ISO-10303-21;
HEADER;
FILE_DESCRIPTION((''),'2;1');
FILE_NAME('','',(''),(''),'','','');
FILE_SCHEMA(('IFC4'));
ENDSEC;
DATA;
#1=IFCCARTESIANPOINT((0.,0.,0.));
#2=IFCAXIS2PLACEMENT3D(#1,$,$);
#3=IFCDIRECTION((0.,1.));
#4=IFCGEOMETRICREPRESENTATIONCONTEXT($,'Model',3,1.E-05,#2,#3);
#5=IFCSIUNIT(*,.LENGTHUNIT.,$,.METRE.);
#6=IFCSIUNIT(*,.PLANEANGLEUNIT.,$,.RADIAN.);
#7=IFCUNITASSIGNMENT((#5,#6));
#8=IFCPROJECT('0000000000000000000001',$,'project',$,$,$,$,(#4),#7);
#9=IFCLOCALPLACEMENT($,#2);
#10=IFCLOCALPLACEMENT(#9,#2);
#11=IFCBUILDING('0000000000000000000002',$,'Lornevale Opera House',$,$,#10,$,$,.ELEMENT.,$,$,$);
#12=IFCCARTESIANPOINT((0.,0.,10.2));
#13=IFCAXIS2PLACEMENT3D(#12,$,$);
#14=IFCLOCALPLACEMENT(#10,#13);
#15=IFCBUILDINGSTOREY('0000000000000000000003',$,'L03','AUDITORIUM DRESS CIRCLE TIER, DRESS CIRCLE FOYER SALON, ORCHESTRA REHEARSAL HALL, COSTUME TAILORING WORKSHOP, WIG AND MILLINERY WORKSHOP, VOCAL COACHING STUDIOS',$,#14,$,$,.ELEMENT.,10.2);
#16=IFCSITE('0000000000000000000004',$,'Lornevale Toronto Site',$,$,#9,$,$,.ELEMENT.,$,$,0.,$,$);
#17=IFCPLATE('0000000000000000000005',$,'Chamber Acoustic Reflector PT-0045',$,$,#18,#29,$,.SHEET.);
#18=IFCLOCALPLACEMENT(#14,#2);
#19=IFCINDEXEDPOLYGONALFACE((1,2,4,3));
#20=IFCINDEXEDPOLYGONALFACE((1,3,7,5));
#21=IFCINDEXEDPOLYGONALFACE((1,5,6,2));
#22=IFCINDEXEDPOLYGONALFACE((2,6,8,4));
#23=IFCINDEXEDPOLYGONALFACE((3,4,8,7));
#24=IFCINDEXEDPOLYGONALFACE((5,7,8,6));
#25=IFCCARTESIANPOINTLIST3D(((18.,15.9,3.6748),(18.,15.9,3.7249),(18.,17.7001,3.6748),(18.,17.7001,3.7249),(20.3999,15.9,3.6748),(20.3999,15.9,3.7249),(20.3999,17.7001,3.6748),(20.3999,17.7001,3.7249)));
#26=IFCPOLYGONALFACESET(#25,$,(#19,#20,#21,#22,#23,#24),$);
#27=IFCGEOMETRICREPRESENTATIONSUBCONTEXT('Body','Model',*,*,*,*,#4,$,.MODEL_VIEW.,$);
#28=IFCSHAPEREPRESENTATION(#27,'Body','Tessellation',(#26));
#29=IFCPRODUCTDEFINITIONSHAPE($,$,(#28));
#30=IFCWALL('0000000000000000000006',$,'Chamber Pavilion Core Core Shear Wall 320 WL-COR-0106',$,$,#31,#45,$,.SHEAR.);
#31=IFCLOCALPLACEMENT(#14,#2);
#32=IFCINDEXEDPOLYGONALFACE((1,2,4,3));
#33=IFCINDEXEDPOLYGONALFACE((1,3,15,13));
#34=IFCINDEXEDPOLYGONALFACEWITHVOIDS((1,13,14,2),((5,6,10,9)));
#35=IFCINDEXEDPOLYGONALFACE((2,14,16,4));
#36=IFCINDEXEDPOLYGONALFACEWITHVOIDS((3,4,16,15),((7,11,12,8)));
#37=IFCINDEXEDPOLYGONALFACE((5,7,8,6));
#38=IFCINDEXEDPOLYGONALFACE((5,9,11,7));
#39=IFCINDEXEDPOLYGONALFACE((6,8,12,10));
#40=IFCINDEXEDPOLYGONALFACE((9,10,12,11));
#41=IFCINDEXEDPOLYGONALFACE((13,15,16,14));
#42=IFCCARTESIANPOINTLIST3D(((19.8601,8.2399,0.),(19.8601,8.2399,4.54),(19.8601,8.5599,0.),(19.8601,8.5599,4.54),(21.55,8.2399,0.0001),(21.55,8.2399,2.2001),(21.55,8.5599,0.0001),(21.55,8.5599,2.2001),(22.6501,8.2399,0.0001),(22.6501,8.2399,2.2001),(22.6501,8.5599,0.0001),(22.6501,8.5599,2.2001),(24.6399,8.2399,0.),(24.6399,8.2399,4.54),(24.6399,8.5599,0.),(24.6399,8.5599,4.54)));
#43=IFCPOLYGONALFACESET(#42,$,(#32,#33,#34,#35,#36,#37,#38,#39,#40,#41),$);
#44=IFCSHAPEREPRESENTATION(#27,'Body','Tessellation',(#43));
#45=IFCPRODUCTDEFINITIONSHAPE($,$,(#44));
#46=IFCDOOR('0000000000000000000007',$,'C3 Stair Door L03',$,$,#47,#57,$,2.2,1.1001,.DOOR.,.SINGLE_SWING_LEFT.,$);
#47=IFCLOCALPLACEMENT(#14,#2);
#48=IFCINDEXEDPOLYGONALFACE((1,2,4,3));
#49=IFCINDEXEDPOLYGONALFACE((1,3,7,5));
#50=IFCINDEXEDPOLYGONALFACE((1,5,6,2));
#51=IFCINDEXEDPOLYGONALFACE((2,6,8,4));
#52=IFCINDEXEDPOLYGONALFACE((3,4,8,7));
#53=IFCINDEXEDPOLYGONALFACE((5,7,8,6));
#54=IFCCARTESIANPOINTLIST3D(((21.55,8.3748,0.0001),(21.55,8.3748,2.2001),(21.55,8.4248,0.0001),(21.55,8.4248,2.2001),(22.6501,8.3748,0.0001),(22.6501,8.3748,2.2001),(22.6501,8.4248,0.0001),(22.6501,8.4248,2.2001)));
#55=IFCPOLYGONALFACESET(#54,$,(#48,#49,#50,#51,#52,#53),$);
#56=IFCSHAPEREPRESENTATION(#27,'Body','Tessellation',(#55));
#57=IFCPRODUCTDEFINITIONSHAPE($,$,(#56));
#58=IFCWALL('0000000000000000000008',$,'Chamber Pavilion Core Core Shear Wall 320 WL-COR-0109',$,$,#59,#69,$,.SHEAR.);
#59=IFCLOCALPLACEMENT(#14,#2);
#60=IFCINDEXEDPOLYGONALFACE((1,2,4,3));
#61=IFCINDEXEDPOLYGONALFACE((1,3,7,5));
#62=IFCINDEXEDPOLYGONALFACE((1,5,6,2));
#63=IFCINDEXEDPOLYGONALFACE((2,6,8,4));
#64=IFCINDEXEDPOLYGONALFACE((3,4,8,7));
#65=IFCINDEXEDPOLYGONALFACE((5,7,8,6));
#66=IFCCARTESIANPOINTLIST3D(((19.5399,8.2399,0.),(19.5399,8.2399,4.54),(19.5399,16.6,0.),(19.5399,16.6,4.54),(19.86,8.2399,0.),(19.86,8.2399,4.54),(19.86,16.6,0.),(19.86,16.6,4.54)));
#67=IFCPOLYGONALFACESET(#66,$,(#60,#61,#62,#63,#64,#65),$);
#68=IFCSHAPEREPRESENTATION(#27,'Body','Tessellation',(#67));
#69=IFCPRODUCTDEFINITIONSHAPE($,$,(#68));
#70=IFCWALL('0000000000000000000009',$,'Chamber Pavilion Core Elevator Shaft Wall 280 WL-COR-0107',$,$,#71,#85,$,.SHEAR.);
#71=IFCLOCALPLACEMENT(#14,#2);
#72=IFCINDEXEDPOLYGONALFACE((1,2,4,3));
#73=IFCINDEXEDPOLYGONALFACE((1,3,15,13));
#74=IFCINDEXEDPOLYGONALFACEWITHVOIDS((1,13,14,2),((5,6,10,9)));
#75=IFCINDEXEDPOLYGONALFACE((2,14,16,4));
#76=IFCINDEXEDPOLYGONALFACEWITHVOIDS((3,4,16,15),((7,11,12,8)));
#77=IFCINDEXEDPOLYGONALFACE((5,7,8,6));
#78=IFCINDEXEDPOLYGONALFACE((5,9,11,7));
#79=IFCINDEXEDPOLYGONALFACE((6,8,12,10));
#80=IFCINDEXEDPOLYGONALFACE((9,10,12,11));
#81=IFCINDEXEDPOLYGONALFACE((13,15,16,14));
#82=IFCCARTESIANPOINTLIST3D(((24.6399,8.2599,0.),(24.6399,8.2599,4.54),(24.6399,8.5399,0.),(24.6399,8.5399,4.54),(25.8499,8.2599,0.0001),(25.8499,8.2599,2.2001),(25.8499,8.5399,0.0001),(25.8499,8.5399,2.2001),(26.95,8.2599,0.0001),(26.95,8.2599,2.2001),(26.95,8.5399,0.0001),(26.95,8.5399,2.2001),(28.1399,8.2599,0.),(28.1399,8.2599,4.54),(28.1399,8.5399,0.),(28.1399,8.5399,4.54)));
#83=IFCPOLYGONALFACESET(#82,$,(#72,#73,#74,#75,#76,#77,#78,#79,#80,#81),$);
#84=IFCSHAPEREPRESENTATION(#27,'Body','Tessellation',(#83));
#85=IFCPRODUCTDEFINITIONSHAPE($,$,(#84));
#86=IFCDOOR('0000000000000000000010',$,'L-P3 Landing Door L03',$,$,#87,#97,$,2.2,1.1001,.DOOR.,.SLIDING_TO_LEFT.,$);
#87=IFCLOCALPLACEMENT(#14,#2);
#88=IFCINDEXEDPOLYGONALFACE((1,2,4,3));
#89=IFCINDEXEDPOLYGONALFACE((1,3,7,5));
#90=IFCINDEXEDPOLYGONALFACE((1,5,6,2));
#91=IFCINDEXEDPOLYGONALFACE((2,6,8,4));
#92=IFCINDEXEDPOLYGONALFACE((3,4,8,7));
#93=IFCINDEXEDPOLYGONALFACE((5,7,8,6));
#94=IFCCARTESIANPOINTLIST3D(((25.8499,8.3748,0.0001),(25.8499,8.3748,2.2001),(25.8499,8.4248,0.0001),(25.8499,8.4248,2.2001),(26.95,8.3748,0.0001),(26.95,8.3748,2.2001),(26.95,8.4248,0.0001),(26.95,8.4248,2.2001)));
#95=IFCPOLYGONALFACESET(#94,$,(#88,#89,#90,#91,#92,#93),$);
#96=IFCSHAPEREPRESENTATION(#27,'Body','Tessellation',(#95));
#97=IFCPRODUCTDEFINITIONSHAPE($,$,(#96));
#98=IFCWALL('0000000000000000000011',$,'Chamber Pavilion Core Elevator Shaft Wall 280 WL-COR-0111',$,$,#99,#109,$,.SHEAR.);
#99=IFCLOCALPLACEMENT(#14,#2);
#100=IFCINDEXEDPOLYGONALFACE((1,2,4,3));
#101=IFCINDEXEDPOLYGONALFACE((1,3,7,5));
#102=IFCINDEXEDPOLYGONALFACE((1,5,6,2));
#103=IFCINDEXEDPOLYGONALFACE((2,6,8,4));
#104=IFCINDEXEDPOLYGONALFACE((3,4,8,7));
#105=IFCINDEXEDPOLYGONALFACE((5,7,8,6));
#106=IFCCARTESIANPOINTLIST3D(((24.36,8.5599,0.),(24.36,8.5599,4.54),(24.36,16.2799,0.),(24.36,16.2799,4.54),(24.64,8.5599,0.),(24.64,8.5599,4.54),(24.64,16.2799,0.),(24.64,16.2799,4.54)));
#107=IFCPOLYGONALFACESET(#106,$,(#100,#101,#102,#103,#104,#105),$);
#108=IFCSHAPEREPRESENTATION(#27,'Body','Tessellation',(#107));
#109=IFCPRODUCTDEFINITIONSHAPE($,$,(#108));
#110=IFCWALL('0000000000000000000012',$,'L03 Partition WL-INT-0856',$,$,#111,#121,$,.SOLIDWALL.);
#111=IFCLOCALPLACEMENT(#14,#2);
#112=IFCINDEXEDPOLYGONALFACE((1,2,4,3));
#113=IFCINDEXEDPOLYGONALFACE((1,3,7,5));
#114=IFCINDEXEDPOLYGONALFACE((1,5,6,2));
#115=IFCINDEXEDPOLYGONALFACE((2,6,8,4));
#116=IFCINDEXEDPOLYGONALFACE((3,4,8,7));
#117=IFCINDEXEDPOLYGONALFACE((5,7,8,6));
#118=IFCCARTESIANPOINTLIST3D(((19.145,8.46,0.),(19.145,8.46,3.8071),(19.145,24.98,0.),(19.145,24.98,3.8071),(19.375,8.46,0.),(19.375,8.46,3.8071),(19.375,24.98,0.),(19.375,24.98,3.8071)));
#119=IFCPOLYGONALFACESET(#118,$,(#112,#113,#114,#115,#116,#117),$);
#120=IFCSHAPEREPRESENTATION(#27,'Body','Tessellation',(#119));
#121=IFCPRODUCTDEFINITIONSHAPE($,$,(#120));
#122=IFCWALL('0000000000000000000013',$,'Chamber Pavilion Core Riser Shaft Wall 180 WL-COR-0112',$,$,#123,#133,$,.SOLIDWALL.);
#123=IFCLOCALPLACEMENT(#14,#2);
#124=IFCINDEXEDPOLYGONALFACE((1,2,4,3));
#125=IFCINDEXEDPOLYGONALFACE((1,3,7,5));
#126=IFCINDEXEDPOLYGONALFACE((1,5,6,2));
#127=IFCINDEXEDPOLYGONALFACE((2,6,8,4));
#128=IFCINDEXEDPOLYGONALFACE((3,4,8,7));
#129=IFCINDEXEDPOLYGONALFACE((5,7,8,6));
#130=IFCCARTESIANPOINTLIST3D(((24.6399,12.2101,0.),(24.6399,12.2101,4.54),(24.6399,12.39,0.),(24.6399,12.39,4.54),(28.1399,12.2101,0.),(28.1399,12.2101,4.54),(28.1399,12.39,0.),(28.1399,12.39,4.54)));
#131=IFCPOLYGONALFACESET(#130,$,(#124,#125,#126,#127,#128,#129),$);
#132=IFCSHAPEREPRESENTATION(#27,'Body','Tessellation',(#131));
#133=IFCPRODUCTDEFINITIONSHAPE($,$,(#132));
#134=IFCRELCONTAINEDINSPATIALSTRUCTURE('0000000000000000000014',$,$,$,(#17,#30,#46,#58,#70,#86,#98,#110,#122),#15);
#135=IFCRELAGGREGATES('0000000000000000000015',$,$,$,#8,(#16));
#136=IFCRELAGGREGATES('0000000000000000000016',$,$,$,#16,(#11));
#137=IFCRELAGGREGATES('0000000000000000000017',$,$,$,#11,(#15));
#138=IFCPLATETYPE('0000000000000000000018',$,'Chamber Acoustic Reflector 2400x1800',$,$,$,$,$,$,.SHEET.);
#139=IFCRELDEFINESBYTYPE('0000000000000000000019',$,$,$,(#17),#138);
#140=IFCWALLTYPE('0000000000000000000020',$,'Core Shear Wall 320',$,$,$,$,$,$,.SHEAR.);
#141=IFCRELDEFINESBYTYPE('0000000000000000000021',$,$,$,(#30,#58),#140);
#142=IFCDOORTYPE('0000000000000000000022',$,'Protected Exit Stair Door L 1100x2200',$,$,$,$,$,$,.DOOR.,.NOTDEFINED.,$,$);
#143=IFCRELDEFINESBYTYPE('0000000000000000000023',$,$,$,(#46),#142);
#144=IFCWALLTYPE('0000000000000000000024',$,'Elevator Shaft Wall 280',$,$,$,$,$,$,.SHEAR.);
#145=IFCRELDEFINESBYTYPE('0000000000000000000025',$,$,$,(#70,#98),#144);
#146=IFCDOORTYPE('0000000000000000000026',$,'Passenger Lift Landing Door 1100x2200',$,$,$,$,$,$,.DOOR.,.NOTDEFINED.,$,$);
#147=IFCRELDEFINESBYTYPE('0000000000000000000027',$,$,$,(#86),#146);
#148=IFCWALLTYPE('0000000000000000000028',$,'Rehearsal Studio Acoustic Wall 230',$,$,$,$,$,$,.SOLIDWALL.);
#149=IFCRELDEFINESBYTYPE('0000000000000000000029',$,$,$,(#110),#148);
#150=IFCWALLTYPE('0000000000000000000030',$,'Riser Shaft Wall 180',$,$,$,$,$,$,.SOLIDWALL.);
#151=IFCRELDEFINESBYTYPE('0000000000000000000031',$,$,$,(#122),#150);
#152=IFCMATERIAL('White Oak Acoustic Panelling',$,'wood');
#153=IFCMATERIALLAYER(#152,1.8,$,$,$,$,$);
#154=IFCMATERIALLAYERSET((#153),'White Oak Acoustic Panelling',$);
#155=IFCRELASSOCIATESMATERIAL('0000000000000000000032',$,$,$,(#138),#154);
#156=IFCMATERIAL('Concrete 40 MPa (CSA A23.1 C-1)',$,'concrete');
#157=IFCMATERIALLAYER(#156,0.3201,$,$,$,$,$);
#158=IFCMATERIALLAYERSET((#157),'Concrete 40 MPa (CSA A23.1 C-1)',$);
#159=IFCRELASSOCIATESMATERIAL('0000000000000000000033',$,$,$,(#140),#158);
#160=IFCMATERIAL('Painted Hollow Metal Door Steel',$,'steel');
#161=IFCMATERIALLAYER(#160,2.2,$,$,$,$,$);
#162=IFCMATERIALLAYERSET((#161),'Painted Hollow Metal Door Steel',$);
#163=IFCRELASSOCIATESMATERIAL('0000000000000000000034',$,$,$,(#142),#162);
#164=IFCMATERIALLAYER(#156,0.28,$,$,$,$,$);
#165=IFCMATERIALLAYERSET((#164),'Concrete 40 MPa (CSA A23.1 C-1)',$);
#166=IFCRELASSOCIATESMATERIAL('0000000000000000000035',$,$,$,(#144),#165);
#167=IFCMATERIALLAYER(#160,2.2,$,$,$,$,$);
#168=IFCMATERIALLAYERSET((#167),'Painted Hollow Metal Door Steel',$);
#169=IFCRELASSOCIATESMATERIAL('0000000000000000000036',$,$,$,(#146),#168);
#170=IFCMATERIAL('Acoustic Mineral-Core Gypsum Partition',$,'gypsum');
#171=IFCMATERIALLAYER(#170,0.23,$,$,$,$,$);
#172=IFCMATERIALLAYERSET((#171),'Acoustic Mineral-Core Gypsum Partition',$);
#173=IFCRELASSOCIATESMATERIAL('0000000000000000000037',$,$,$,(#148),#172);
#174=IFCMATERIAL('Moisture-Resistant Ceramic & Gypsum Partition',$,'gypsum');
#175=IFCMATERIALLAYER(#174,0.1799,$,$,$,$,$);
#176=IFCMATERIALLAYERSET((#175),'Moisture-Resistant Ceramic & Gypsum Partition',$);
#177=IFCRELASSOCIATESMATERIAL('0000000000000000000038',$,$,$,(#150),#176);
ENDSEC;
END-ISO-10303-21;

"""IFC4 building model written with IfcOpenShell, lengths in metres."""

from ifc_helpers import new_model, si_unit, direction, frame, frame_2d, origin, origin_2d, place, context, subcontext, project, spatial, rectangle, extrude, material, layer, layer_set, type_object, element, fill, save


model = new_model("IFC4")

# Units and contexts
model_context = context("Model", 3, precision=1e-05, world=origin(), true_north=direction((0.0, 1.0)))
body_context = subcontext(model_context, "Body", "Model", "MODEL_VIEW")
ifc_project = project(units=[si_unit("LENGTHUNIT", "METRE"), si_unit("PLANEANGLEUNIT", "RADIAN")], contexts=[model_context])

# Site, building, storey
site_placement = place(None, origin())
site = spatial("IfcSite", under=ifc_project, at=site_placement, Name="Lornevale Toronto Site", CompositionType="ELEMENT", RefElevation=0.0)
building_placement = place(site_placement, origin())
building = spatial("IfcBuilding", under=site, at=building_placement, Name="Lornevale Opera House", CompositionType="ELEMENT")
storey_placement = place(building_placement, frame((0.0, 0.0, 10.2)))
storey = spatial("IfcBuildingStorey", under=building, at=storey_placement, Name="L03", Description="AUDITORIUM DRESS CIRCLE TIER, DRESS CIRCLE FOYER SALON, ORCHESTRA REHEARSAL HALL, COSTUME TAILORING WORKSHOP, WIG AND MILLINERY WORKSHOP, VOCAL COACHING STUDIOS", CompositionType="ELEMENT", Elevation=10.2)

# Plate
ifc_material_1 = material(Name="White Oak Acoustic Panelling", Category="wood")
ifc_layer_1 = layer(ifc_material_1, 1.8)
ifc_layer_set_1 = layer_set([ifc_layer_1], Name="White Oak Acoustic Panelling")
plate_type = type_object("IfcPlateType", Name="Chamber Acoustic Reflector 2400x1800", PredefinedType="SHEET", material=ifc_layer_set_1)
plate_placement = place(storey_placement, frame((19.2, 16.8, 3.6748), z_axis=(0.0, 0.0, 1.0), x_axis=(1.0, 0.0, 0.0)))
element("IfcPlate", 1, at=plate_placement, inside=storey, type_object=plate_type, Name="Chamber Acoustic Reflector PT-0045", PredefinedType="SHEET", context=body_context, shape_type="SweptSolid", body=[
    extrude(rectangle(XDim=2.3999, YDim=1.8, at=origin_2d()), origin(), (0.0, 0.0, 1.0), 0.05),
])

# Wall, opening, door
ifc_material_2 = material(Name="Concrete 40 MPa (CSA A23.1 C-1)", Category="concrete")
ifc_layer_2 = layer(ifc_material_2, 0.3201)
ifc_layer_set_2 = layer_set([ifc_layer_2], Name="Concrete 40 MPa (CSA A23.1 C-1)")
wall_type_1 = type_object("IfcWallType", Name="Core Shear Wall 320", PredefinedType="SHEAR", material=ifc_layer_set_2)
wall_1_placement = place(storey_placement, frame((19.8601, 8.3999, 0.0), z_axis=(0.0, 0.0, 1.0), x_axis=(1.0, 0.0, 0.0)))
wall_1 = element("IfcWall", 2, at=wall_1_placement, inside=storey, type_object=wall_type_1, Name="Chamber Pavilion Core Core Shear Wall 320 WL-COR-0106", PredefinedType="SHEAR", context=body_context, shape_type="SweptSolid", body=[
    extrude(rectangle(XDim=4.7798, YDim=0.3201, at=frame_2d((2.3899, 0.0))), origin(), (0.0, 0.0, 1.0), 4.54),
])
opening_1_placement = place(wall_1_placement, frame((1.6899, 0.0, 0.0)))
opening_1 = element("IfcOpeningElement", 3, at=opening_1_placement, cuts=wall_1, PredefinedType="OPENING", context=body_context, shape_type="SweptSolid", body=[
    extrude(rectangle(XDim=1.1001, YDim=2.2, at=frame_2d((0.55, 1.1001))), frame((0.0, 0.1699, 0.0), z_axis=(0.0, -1.0, 0.0), x_axis=(1.0, 0.0, 0.0)), (0.0, 0.0, 1.0), 0.3401),
])
ifc_material_3 = material(Name="Painted Hollow Metal Door Steel", Category="steel")
ifc_layer_3 = layer(ifc_material_3, 2.2)
ifc_layer_set_3 = layer_set([ifc_layer_3], Name="Painted Hollow Metal Door Steel")
door_type_1 = type_object("IfcDoorType", Name="Protected Exit Stair Door L 1100x2200", OperationType="NOTDEFINED", PredefinedType="DOOR", material=ifc_layer_set_3)
door_1_placement = place(opening_1_placement, origin())
door_1 = element("IfcDoor", 4, at=door_1_placement, inside=storey, type_object=door_type_1, Name="C3 Stair Door L03", OperationType="SINGLE_SWING_LEFT", OverallHeight=2.2, OverallWidth=1.1001, PredefinedType="DOOR", context=body_context, shape_type="SweptSolid", body=[
    extrude(rectangle(XDim=1.1001, YDim=2.2, at=frame_2d((0.55, 1.1001))), frame((0.0, 0.0249, 0.0), z_axis=(0.0, -1.0, 0.0), x_axis=(1.0, 0.0, 0.0)), (0.0, 0.0, 1.0), 0.05),
])
fill(opening_1, door_1)

# Wall
wall_2_placement = place(storey_placement, frame((19.7, 16.6001, 0.0), z_axis=(0.0, 0.0, 1.0), x_axis=(0.0, -1.0, 0.0)))
element("IfcWall", 5, at=wall_2_placement, inside=storey, type_object=wall_type_1, Name="Chamber Pavilion Core Core Shear Wall 320 WL-COR-0109", PredefinedType="SHEAR", context=body_context, shape_type="SweptSolid", body=[
    extrude(rectangle(XDim=8.3601, YDim=0.3201, at=frame_2d((4.1802, 0.0))), origin(), (0.0, 0.0, 1.0), 4.54),
])

# Wall, opening, door
ifc_layer_4 = layer(ifc_material_2, 0.28)
ifc_layer_set_4 = layer_set([ifc_layer_4], Name="Concrete 40 MPa (CSA A23.1 C-1)")
wall_type_2 = type_object("IfcWallType", Name="Elevator Shaft Wall 280", PredefinedType="SHEAR", material=ifc_layer_set_4)
wall_3_placement = place(storey_placement, frame((24.6399, 8.3999, 0.0), z_axis=(0.0, 0.0, 1.0), x_axis=(1.0, 0.0, 0.0)))
wall_3 = element("IfcWall", 6, at=wall_3_placement, inside=storey, type_object=wall_type_2, Name="Chamber Pavilion Core Elevator Shaft Wall 280 WL-COR-0107", PredefinedType="SHEAR", context=body_context, shape_type="SweptSolid", body=[
    extrude(rectangle(XDim=3.5, YDim=0.28, at=frame_2d((1.75, 0.0))), origin(), (0.0, 0.0, 1.0), 4.54),
])
opening_2_placement = place(wall_3_placement, frame((1.21, 0.0, 0.0)))
opening_2 = element("IfcOpeningElement", 7, at=opening_2_placement, cuts=wall_3, PredefinedType="OPENING", context=body_context, shape_type="SweptSolid", body=[
    extrude(rectangle(XDim=1.1001, YDim=2.2, at=frame_2d((0.55, 1.1001))), frame((0.0, 0.1499, 0.0), z_axis=(0.0, -1.0, 0.0), x_axis=(1.0, 0.0, 0.0)), (0.0, 0.0, 1.0), 0.3),
])
ifc_layer_5 = layer(ifc_material_3, 2.2)
ifc_layer_set_5 = layer_set([ifc_layer_5], Name="Painted Hollow Metal Door Steel")
door_type_2 = type_object("IfcDoorType", Name="Passenger Lift Landing Door 1100x2200", OperationType="NOTDEFINED", PredefinedType="DOOR", material=ifc_layer_set_5)
door_2_placement = place(opening_2_placement, origin())
door_2 = element("IfcDoor", 8, at=door_2_placement, inside=storey, type_object=door_type_2, Name="L-P3 Landing Door L03", OperationType="SLIDING_TO_LEFT", OverallHeight=2.2, OverallWidth=1.1001, PredefinedType="DOOR", context=body_context, shape_type="SweptSolid", body=[
    extrude(rectangle(XDim=1.1001, YDim=2.2, at=frame_2d((0.55, 1.1001))), frame((0.0, 0.0249, 0.0), z_axis=(0.0, -1.0, 0.0), x_axis=(1.0, 0.0, 0.0)), (0.0, 0.0, 1.0), 0.05),
])
fill(opening_2, door_2)

# Walls
wall_4_placement = place(storey_placement, frame((24.5, 8.5601, 0.0), z_axis=(0.0, 0.0, 1.0), x_axis=(0.0, 1.0, 0.0)))
element("IfcWall", 9, at=wall_4_placement, inside=storey, type_object=wall_type_2, Name="Chamber Pavilion Core Elevator Shaft Wall 280 WL-COR-0111", PredefinedType="SHEAR", context=body_context, shape_type="SweptSolid", body=[
    extrude(rectangle(XDim=7.72, YDim=0.28, at=frame_2d((3.8599, 0.0))), origin(), (0.0, 0.0, 1.0), 4.54),
])
ifc_material_4 = material(Name="Acoustic Mineral-Core Gypsum Partition", Category="gypsum")
ifc_layer_6 = layer(ifc_material_4, 0.23)
ifc_layer_set_6 = layer_set([ifc_layer_6], Name="Acoustic Mineral-Core Gypsum Partition")
wall_type_3 = type_object("IfcWallType", Name="Rehearsal Studio Acoustic Wall 230", PredefinedType="SOLIDWALL", material=ifc_layer_set_6)
wall_5_placement = place(storey_placement, frame((19.26, 8.46, 0.0), z_axis=(0.0, 0.0, 1.0), x_axis=(0.0, 1.0, 0.0)))
element("IfcWall", 10, at=wall_5_placement, inside=storey, type_object=wall_type_3, Name="L03 Partition WL-INT-0856", PredefinedType="SOLIDWALL", context=body_context, shape_type="SweptSolid", body=[
    extrude(rectangle(XDim=16.52, YDim=0.23, at=frame_2d((8.26, 0.0))), origin(), (0.0, 0.0, 1.0), 3.8071),
])
ifc_material_5 = material(Name="Moisture-Resistant Ceramic & Gypsum Partition", Category="gypsum")
ifc_layer_7 = layer(ifc_material_5, 0.1799)
ifc_layer_set_7 = layer_set([ifc_layer_7], Name="Moisture-Resistant Ceramic & Gypsum Partition")
wall_type_4 = type_object("IfcWallType", Name="Riser Shaft Wall 180", PredefinedType="SOLIDWALL", material=ifc_layer_set_7)
wall_6_placement = place(storey_placement, frame((24.6399, 12.3, 0.0), z_axis=(0.0, 0.0, 1.0), x_axis=(1.0, 0.0, 0.0)))
element("IfcWall", 11, at=wall_6_placement, inside=storey, type_object=wall_type_4, Name="Chamber Pavilion Core Riser Shaft Wall 180 WL-COR-0112", PredefinedType="SOLIDWALL", context=body_context, shape_type="SweptSolid", body=[
    extrude(rectangle(XDim=3.5, YDim=0.1799, at=frame_2d((1.75, 0.0))), origin(), (0.0, 0.0, 1.0), 4.54),
])

save(model, "model.ifc")
